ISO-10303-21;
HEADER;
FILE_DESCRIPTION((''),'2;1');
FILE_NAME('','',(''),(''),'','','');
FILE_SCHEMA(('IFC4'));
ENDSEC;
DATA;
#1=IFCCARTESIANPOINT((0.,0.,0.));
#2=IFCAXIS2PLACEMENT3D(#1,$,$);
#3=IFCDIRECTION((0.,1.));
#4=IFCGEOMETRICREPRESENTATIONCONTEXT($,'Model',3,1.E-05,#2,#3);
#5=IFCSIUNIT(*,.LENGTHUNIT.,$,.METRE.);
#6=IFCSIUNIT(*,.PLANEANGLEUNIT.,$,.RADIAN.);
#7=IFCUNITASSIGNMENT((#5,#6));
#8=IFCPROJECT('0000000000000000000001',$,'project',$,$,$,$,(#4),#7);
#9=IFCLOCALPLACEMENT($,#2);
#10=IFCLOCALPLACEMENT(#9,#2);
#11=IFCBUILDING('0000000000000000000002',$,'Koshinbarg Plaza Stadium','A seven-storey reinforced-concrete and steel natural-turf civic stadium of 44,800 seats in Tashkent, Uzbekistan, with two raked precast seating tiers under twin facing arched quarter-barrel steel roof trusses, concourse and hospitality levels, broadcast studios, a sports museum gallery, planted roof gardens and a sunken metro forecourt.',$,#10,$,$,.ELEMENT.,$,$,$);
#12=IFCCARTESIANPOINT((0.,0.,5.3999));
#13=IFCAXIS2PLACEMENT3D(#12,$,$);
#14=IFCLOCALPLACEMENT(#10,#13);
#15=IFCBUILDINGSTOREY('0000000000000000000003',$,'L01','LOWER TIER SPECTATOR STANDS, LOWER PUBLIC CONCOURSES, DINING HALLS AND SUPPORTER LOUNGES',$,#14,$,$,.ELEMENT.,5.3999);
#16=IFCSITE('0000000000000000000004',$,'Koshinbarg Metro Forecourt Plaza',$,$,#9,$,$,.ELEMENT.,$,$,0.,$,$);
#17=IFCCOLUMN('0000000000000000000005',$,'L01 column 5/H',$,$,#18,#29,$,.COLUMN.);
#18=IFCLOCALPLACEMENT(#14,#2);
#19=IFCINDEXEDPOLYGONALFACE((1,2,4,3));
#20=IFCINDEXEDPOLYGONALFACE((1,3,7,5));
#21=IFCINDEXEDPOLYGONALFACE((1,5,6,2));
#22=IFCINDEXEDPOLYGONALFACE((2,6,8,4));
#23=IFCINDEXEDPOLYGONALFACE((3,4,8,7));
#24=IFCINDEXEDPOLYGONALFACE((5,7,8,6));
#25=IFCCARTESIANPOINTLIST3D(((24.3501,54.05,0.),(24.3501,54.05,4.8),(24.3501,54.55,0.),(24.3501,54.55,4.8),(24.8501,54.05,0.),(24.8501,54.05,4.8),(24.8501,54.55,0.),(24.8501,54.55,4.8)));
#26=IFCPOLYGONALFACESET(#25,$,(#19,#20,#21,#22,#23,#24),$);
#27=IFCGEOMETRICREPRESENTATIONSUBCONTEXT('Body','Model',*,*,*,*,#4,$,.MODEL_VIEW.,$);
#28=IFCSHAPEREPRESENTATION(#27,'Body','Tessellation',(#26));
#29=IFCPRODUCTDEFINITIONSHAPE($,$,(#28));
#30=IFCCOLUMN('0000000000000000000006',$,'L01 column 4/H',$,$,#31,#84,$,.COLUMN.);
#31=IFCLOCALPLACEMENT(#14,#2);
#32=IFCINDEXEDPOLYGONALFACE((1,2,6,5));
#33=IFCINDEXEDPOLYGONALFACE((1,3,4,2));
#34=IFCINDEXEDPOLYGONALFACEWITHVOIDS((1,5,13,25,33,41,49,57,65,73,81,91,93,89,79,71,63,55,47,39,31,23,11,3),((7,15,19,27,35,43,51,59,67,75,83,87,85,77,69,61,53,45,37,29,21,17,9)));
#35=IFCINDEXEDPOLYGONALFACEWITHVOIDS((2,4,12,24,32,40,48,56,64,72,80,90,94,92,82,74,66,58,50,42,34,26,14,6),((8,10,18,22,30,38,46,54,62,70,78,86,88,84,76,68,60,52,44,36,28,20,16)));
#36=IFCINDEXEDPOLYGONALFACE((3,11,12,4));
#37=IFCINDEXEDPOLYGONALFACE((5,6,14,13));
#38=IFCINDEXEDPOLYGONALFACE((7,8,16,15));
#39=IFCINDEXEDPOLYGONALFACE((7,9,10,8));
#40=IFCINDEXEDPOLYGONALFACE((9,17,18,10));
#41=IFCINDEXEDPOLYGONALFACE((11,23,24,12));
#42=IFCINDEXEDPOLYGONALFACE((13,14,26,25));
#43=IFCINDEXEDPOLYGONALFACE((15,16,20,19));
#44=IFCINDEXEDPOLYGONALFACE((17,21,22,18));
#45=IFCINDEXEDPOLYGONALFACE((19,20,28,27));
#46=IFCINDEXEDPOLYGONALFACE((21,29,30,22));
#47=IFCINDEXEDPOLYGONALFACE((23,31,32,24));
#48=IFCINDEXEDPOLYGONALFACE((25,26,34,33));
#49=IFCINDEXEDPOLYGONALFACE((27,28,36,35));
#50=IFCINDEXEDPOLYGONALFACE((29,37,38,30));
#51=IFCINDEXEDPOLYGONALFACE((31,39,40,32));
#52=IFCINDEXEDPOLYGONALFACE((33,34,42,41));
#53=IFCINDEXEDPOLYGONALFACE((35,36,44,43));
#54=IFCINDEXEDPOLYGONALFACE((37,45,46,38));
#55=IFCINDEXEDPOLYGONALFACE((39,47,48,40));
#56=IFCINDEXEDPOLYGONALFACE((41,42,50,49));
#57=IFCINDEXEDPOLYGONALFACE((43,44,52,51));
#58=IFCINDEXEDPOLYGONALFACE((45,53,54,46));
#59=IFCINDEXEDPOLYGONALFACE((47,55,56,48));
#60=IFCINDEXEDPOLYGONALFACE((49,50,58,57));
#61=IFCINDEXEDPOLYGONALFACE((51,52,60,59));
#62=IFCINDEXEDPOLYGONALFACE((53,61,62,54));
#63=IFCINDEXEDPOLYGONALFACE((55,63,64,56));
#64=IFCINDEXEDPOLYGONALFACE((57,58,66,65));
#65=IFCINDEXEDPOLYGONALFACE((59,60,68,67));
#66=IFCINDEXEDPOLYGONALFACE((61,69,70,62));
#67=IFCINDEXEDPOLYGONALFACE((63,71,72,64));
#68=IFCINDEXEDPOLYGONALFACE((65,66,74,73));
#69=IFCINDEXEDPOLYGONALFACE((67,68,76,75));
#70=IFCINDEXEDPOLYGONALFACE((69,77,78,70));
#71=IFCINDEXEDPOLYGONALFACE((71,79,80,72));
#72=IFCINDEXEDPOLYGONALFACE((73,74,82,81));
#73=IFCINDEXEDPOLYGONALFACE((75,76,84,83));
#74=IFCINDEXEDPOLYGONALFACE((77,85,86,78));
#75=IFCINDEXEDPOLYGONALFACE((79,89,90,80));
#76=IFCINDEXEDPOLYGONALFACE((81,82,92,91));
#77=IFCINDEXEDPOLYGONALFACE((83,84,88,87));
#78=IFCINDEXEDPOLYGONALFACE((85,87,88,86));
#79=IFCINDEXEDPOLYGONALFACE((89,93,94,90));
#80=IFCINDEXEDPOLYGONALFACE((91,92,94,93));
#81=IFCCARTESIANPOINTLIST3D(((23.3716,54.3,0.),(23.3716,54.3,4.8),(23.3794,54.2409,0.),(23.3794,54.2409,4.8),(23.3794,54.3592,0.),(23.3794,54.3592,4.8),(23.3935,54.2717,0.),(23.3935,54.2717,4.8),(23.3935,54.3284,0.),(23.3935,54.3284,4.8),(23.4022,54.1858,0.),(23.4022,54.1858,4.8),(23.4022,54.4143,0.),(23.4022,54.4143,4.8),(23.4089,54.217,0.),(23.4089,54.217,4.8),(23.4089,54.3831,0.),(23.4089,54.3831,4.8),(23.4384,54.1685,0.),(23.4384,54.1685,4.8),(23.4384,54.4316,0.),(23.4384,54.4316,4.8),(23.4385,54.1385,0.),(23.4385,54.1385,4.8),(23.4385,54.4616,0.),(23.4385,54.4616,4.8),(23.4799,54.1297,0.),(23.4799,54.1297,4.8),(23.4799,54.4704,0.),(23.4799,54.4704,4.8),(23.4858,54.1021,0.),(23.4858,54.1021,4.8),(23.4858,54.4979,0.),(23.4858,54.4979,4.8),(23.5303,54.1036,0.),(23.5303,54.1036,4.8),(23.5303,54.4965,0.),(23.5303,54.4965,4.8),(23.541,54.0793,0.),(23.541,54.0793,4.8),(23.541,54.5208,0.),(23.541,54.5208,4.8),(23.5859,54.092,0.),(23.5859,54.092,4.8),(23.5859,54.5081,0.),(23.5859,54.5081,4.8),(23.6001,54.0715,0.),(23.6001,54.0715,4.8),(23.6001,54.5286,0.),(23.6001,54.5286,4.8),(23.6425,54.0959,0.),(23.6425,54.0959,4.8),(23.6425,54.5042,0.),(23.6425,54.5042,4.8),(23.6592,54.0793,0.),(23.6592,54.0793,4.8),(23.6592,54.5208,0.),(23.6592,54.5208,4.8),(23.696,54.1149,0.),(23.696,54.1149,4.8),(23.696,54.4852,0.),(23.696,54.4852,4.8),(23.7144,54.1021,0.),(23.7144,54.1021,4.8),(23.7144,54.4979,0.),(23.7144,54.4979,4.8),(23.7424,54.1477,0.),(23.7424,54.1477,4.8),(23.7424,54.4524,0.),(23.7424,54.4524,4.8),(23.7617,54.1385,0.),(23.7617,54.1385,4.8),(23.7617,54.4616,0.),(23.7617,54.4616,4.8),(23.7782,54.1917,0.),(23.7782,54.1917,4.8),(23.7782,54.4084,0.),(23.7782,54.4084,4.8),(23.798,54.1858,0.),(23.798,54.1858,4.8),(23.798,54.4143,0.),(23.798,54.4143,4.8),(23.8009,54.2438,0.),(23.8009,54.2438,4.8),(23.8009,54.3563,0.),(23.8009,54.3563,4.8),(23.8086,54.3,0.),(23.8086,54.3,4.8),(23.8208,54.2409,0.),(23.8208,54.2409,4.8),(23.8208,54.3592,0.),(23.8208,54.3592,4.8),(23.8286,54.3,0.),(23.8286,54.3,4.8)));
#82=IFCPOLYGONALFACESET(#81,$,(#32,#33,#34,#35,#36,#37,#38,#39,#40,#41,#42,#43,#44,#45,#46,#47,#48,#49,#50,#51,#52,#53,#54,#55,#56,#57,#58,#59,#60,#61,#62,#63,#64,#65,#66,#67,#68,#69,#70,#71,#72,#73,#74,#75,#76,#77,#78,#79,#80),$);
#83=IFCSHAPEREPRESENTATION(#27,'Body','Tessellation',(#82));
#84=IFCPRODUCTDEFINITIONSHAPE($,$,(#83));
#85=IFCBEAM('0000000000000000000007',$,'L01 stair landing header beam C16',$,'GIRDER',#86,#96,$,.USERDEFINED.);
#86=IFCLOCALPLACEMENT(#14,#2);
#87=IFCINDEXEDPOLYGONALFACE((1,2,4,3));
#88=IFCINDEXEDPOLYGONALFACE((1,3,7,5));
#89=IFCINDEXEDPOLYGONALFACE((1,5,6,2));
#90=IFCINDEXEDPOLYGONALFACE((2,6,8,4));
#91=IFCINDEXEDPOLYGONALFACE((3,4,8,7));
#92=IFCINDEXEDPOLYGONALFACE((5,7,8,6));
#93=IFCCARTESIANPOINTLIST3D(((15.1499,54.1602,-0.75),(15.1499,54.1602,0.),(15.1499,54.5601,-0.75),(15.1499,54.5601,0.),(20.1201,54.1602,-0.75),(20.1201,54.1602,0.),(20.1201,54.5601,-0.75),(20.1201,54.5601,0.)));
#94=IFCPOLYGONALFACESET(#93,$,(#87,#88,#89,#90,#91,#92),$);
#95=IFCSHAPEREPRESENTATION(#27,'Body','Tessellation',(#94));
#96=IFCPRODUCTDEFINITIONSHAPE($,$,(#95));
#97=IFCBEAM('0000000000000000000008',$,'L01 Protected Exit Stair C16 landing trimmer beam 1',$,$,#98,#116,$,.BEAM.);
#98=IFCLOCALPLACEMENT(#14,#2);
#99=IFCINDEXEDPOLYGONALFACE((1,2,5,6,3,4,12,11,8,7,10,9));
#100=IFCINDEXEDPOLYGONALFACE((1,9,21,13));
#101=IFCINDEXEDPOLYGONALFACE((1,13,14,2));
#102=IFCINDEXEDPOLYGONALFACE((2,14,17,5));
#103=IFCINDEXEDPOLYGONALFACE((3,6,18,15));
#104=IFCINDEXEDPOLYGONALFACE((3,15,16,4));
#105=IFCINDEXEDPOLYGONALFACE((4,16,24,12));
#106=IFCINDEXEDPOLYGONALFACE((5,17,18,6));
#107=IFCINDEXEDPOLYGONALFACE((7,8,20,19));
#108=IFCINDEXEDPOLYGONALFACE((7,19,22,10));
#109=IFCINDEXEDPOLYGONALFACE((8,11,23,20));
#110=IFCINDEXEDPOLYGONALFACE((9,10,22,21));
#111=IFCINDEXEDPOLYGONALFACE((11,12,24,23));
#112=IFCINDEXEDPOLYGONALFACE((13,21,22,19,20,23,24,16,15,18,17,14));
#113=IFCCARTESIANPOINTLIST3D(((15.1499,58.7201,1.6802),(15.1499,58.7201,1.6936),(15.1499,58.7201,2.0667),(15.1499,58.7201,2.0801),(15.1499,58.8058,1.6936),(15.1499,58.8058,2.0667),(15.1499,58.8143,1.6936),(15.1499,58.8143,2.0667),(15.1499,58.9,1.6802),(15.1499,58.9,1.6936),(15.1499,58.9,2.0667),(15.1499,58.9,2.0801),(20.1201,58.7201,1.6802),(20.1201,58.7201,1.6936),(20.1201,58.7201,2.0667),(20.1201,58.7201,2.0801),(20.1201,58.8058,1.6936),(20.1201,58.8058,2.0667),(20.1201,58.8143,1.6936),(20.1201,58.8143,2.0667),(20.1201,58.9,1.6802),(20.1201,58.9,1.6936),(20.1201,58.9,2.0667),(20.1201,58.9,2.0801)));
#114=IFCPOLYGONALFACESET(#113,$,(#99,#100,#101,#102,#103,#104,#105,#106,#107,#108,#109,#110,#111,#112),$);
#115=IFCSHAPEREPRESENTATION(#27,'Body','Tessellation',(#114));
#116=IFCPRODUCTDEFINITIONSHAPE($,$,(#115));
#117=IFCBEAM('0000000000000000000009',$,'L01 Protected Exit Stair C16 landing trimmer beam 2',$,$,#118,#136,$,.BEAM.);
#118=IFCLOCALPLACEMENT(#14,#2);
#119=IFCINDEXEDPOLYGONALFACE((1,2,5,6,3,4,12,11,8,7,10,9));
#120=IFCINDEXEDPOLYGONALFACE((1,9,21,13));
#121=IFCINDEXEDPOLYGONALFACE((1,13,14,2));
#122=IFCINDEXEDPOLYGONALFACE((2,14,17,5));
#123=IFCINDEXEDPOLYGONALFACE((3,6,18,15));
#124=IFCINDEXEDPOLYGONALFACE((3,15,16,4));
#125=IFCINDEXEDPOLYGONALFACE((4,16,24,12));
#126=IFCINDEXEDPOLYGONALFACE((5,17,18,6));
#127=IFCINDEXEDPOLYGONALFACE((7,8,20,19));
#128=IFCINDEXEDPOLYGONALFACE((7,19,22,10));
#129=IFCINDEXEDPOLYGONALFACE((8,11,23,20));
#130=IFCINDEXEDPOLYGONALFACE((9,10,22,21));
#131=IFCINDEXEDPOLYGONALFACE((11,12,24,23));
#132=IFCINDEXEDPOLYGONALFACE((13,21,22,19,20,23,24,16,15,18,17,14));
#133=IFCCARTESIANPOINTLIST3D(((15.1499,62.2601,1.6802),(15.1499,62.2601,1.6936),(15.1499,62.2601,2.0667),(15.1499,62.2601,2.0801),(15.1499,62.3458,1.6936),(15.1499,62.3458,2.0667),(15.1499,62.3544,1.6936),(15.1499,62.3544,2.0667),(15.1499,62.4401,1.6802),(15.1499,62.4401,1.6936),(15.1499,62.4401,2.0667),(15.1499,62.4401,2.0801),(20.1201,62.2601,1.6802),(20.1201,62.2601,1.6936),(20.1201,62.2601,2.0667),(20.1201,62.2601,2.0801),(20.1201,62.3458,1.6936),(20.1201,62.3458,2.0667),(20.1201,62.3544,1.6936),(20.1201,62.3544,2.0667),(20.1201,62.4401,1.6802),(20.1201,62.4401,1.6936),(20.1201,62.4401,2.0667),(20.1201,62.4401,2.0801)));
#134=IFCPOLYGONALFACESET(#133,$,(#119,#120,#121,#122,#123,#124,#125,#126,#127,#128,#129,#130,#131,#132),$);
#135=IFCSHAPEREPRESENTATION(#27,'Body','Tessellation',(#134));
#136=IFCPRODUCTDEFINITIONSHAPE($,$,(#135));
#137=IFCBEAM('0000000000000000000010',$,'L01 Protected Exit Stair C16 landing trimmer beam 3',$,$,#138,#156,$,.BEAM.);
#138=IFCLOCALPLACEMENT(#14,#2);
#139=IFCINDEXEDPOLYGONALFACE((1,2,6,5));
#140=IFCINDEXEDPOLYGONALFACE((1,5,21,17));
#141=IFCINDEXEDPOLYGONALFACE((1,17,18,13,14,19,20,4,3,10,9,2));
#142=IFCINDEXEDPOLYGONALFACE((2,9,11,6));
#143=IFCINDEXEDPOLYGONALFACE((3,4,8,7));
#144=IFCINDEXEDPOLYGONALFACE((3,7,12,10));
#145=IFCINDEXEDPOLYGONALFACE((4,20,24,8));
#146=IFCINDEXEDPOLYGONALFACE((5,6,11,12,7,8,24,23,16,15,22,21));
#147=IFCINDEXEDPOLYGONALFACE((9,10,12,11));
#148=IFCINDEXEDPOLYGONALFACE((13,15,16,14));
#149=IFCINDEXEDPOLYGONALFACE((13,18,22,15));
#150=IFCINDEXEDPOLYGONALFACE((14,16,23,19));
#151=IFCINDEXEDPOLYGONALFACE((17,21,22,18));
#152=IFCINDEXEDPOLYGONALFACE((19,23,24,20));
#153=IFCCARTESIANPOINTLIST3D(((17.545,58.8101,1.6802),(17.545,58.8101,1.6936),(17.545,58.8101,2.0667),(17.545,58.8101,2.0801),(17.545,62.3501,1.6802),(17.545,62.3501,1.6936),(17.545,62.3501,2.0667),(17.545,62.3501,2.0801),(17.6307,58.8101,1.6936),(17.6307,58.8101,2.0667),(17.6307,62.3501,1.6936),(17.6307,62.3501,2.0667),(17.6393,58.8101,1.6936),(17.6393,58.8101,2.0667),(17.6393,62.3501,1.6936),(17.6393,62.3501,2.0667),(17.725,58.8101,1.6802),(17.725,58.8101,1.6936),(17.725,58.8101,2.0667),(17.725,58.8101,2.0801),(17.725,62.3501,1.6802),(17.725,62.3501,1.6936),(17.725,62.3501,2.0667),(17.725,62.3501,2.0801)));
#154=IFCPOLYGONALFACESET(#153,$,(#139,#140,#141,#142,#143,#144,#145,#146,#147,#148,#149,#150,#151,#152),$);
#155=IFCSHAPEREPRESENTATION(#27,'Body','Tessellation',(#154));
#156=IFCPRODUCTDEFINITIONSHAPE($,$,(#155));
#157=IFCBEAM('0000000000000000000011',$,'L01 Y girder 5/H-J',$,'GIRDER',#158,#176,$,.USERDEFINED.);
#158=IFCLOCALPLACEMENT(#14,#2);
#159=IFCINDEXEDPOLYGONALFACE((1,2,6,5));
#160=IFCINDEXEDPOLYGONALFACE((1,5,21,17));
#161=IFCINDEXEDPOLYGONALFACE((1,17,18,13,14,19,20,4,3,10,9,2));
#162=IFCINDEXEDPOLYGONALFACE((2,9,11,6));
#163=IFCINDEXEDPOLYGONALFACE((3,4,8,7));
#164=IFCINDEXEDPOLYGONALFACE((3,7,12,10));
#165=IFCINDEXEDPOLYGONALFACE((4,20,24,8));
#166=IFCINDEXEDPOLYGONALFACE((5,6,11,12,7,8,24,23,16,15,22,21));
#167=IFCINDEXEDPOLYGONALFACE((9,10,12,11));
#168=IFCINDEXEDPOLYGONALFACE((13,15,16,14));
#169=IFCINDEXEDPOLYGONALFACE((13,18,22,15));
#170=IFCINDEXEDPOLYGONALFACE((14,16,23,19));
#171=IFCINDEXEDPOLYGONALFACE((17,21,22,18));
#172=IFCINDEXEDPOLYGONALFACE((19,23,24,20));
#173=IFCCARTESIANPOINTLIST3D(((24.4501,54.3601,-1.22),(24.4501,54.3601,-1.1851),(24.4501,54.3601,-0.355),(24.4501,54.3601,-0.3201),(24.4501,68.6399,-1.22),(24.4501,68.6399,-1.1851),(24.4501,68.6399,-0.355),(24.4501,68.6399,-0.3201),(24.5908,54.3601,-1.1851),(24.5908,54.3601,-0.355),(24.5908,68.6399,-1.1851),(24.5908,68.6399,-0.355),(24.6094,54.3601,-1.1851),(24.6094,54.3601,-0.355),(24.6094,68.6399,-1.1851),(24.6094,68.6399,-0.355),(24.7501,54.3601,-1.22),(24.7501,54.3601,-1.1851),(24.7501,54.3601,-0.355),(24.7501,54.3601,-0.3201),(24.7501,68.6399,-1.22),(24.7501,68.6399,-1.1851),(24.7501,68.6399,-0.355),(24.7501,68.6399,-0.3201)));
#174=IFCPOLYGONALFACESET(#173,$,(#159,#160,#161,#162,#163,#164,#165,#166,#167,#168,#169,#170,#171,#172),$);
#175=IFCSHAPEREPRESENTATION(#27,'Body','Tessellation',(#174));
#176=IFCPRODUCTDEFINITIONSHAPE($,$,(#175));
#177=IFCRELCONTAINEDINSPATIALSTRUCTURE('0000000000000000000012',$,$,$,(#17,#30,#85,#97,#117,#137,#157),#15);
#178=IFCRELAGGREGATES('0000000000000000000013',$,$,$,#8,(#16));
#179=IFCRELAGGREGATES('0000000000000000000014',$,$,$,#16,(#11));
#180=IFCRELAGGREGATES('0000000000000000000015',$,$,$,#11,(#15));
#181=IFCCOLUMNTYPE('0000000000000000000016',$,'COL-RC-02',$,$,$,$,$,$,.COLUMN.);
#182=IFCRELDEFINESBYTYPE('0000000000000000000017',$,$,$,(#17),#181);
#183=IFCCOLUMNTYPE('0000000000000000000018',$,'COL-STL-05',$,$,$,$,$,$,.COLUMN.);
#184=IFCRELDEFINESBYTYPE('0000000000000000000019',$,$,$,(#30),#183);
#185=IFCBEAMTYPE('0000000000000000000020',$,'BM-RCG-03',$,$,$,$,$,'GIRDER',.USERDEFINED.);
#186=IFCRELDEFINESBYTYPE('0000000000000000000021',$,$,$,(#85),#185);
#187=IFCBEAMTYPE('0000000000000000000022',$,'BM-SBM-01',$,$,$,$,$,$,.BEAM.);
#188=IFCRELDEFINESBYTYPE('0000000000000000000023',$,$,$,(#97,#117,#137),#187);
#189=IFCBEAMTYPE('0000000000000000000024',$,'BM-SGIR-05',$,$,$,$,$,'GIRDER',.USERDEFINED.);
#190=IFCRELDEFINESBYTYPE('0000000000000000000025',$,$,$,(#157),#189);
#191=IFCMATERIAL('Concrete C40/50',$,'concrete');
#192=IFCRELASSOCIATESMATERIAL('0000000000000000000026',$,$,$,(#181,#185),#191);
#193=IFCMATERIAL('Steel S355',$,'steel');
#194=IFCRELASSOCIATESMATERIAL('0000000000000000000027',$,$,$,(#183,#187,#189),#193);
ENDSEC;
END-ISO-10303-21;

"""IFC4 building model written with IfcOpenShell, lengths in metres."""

from ifc_helpers import new_model, si_unit, direction, frame, origin, origin_2d, place, context, subcontext, project, spatial, rectangle, hollow_circle, i_section, extrude, material, material_profile, profile_set, type_object, element, save


model = new_model("IFC4")

# Units and contexts
model_context = context("Model", 3, precision=1e-05, world=origin(), true_north=direction((0.0, 1.0)))
body_context = subcontext(model_context, "Body", "Model", "MODEL_VIEW")
ifc_project = project(units=[si_unit("LENGTHUNIT", "METRE"), si_unit("PLANEANGLEUNIT", "RADIAN")], contexts=[model_context])

# Site, building, storey
site_placement = place(None, origin())
site = spatial("IfcSite", under=ifc_project, at=site_placement, Name="Koshinbarg Metro Forecourt Plaza", CompositionType="ELEMENT", RefElevation=0.0)
building_placement = place(site_placement, origin())
building = spatial("IfcBuilding", under=site, at=building_placement, Name="Koshinbarg Plaza Stadium", Description="A seven-storey reinforced-concrete and steel natural-turf civic stadium of 44,800 seats in Tashkent, Uzbekistan, with two raked precast seating tiers under twin facing arched quarter-barrel steel roof trusses, concourse and hospitality levels, broadcast studios, a sports museum gallery, planted roof gardens and a sunken metro forecourt.", CompositionType="ELEMENT")
storey_placement = place(building_placement, frame((0.0, 0.0, 5.3999)))
storey = spatial("IfcBuildingStorey", under=building, at=storey_placement, Name="L01", Description="LOWER TIER SPECTATOR STANDS, LOWER PUBLIC CONCOURSES, DINING HALLS AND SUPPORTER LOUNGES", CompositionType="ELEMENT", Elevation=5.3999)

# Columns
ifc_material_1 = material(Name="Concrete C40/50", Category="concrete")
ifc_material_profile_1 = material_profile(ifc_material_1, rectangle(XDim=0.5, YDim=0.5, at=origin_2d()), Name="RC 500x500")
ifc_profile_set_1 = profile_set([ifc_material_profile_1], Name="Concrete C40/50")
column_type_1 = type_object("IfcColumnType", Name="COL-RC-02", PredefinedType="COLUMN", material=ifc_profile_set_1)
column_1_placement = place(storey_placement, frame((24.6001, 54.3, 0.0), z_axis=(0.0, 0.0, 1.0), x_axis=(1.0, 0.0, 0.0)))
element("IfcColumn", 1, at=column_1_placement, inside=storey, type_object=column_type_1, Name="L01 column 5/H", PredefinedType="COLUMN", context=body_context, shape_type="SweptSolid", body=[
    extrude(rectangle(XDim=0.5, YDim=0.5, at=origin_2d()), origin(), (0.0, 0.0, 1.0), 4.8),
])
ifc_material_2 = material(Name="Steel S355", Category="steel")
ifc_material_profile_2 = material_profile(ifc_material_2, hollow_circle(Radius=0.2285, WallThickness=0.02, at=origin_2d()), Name="CHS 457x20")
ifc_profile_set_2 = profile_set([ifc_material_profile_2], Name="Steel S355")
column_type_2 = type_object("IfcColumnType", Name="COL-STL-05", PredefinedType="COLUMN", material=ifc_profile_set_2)
column_2_placement = place(storey_placement, frame((23.6001, 54.3, 0.0), z_axis=(0.0, 0.0, 1.0), x_axis=(1.0, 0.0, 0.0)))
element("IfcColumn", 2, at=column_2_placement, inside=storey, type_object=column_type_2, Name="L01 column 4/H", PredefinedType="COLUMN", context=body_context, shape_type="SweptSolid", body=[
    extrude(hollow_circle(Radius=0.2285, WallThickness=0.02, at=origin_2d()), origin(), (0.0, 0.0, 1.0), 4.8),
])

# Beams
ifc_material_profile_3 = material_profile(ifc_material_1, rectangle(XDim=0.3999, YDim=0.75, at=origin_2d()), Name="RC 400x750")
ifc_profile_set_3 = profile_set([ifc_material_profile_3], Name="Concrete C40/50")
beam_type_1 = type_object("IfcBeamType", Name="BM-RCG-03", ElementType="GIRDER", PredefinedType="USERDEFINED", material=ifc_profile_set_3)
beam_1_placement = place(storey_placement, frame((15.1499, 54.3601, -0.375), z_axis=(1.0, 0.0, 0.0), x_axis=(0.0, 1.0, 0.0)))
element("IfcBeam", 3, at=beam_1_placement, inside=storey, type_object=beam_type_1, Name="L01 stair landing header beam C16", ObjectType="GIRDER", PredefinedType="USERDEFINED", context=body_context, shape_type="SweptSolid", body=[
    extrude(rectangle(XDim=0.3999, YDim=0.75, at=origin_2d()), origin(), (0.0, 0.0, 1.0), 4.9702),
])
ifc_material_profile_4 = material_profile(ifc_material_2, i_section(OverallWidth=0.1799, OverallDepth=0.3999, WebThickness=0.0085, FlangeThickness=0.0134, at=origin_2d()), Name="IPE 400")
ifc_profile_set_4 = profile_set([ifc_material_profile_4], Name="Steel S355")
beam_type_2 = type_object("IfcBeamType", Name="BM-SBM-01", PredefinedType="BEAM", material=ifc_profile_set_4)
for number, where, z_axis, x_axis, name in (
    (4, (15.1499, 58.8101, 1.8801), (1.0, 0.0, 0.0), (0.0, 1.0, 0.0), "L01 Protected Exit Stair C16 landing trimmer beam 1"),
    (5, (15.1499, 62.3501, 1.8801), (1.0, 0.0, 0.0), (0.0, 1.0, 0.0), "L01 Protected Exit Stair C16 landing trimmer beam 2"),
):
    element("IfcBeam", number, at=place(storey_placement, frame(where, z_axis=z_axis, x_axis=x_axis)), inside=storey, type_object=beam_type_2, Name=name, PredefinedType="BEAM", context=body_context, shape_type="SweptSolid", body=[
        extrude(i_section(OverallWidth=0.1799, OverallDepth=0.3999, WebThickness=0.0085, FlangeThickness=0.0134, at=origin_2d()), origin(), (0.0, 0.0, 1.0), 4.9702),
    ])
beam_2_placement = place(storey_placement, frame((17.635, 58.8101, 1.8801), z_axis=(0.0, 1.0, 0.0), x_axis=(-1.0, 0.0, 0.0)))
element("IfcBeam", 6, at=beam_2_placement, inside=storey, type_object=beam_type_2, Name="L01 Protected Exit Stair C16 landing trimmer beam 3", PredefinedType="BEAM", context=body_context, shape_type="SweptSolid", body=[
    extrude(i_section(OverallWidth=0.1799, OverallDepth=0.3999, WebThickness=0.0085, FlangeThickness=0.0134, at=origin_2d()), origin(), (0.0, 0.0, 1.0), 3.54),
])
ifc_material_profile_5 = material_profile(ifc_material_2, i_section(OverallWidth=0.3, OverallDepth=0.8999, WebThickness=0.0186, FlangeThickness=0.0349, at=origin_2d()), Name="HEB 900")
ifc_profile_set_5 = profile_set([ifc_material_profile_5], Name="Steel S355")
beam_type_3 = type_object("IfcBeamType", Name="BM-SGIR-05", ElementType="GIRDER", PredefinedType="USERDEFINED", material=ifc_profile_set_5)
beam_3_placement = place(storey_placement, frame((24.6001, 54.3601, -0.77), z_axis=(0.0, 1.0, 0.0), x_axis=(-1.0, 0.0, 0.0)))
element("IfcBeam", 7, at=beam_3_placement, inside=storey, type_object=beam_type_3, Name="L01 Y girder 5/H-J", ObjectType="GIRDER", PredefinedType="USERDEFINED", context=body_context, shape_type="SweptSolid", body=[
    extrude(i_section(OverallWidth=0.3, OverallDepth=0.8999, WebThickness=0.0186, FlangeThickness=0.0349, at=origin_2d()), origin(), (0.0, 0.0, 1.0), 14.2798),
])

save(model, "model.ifc")
